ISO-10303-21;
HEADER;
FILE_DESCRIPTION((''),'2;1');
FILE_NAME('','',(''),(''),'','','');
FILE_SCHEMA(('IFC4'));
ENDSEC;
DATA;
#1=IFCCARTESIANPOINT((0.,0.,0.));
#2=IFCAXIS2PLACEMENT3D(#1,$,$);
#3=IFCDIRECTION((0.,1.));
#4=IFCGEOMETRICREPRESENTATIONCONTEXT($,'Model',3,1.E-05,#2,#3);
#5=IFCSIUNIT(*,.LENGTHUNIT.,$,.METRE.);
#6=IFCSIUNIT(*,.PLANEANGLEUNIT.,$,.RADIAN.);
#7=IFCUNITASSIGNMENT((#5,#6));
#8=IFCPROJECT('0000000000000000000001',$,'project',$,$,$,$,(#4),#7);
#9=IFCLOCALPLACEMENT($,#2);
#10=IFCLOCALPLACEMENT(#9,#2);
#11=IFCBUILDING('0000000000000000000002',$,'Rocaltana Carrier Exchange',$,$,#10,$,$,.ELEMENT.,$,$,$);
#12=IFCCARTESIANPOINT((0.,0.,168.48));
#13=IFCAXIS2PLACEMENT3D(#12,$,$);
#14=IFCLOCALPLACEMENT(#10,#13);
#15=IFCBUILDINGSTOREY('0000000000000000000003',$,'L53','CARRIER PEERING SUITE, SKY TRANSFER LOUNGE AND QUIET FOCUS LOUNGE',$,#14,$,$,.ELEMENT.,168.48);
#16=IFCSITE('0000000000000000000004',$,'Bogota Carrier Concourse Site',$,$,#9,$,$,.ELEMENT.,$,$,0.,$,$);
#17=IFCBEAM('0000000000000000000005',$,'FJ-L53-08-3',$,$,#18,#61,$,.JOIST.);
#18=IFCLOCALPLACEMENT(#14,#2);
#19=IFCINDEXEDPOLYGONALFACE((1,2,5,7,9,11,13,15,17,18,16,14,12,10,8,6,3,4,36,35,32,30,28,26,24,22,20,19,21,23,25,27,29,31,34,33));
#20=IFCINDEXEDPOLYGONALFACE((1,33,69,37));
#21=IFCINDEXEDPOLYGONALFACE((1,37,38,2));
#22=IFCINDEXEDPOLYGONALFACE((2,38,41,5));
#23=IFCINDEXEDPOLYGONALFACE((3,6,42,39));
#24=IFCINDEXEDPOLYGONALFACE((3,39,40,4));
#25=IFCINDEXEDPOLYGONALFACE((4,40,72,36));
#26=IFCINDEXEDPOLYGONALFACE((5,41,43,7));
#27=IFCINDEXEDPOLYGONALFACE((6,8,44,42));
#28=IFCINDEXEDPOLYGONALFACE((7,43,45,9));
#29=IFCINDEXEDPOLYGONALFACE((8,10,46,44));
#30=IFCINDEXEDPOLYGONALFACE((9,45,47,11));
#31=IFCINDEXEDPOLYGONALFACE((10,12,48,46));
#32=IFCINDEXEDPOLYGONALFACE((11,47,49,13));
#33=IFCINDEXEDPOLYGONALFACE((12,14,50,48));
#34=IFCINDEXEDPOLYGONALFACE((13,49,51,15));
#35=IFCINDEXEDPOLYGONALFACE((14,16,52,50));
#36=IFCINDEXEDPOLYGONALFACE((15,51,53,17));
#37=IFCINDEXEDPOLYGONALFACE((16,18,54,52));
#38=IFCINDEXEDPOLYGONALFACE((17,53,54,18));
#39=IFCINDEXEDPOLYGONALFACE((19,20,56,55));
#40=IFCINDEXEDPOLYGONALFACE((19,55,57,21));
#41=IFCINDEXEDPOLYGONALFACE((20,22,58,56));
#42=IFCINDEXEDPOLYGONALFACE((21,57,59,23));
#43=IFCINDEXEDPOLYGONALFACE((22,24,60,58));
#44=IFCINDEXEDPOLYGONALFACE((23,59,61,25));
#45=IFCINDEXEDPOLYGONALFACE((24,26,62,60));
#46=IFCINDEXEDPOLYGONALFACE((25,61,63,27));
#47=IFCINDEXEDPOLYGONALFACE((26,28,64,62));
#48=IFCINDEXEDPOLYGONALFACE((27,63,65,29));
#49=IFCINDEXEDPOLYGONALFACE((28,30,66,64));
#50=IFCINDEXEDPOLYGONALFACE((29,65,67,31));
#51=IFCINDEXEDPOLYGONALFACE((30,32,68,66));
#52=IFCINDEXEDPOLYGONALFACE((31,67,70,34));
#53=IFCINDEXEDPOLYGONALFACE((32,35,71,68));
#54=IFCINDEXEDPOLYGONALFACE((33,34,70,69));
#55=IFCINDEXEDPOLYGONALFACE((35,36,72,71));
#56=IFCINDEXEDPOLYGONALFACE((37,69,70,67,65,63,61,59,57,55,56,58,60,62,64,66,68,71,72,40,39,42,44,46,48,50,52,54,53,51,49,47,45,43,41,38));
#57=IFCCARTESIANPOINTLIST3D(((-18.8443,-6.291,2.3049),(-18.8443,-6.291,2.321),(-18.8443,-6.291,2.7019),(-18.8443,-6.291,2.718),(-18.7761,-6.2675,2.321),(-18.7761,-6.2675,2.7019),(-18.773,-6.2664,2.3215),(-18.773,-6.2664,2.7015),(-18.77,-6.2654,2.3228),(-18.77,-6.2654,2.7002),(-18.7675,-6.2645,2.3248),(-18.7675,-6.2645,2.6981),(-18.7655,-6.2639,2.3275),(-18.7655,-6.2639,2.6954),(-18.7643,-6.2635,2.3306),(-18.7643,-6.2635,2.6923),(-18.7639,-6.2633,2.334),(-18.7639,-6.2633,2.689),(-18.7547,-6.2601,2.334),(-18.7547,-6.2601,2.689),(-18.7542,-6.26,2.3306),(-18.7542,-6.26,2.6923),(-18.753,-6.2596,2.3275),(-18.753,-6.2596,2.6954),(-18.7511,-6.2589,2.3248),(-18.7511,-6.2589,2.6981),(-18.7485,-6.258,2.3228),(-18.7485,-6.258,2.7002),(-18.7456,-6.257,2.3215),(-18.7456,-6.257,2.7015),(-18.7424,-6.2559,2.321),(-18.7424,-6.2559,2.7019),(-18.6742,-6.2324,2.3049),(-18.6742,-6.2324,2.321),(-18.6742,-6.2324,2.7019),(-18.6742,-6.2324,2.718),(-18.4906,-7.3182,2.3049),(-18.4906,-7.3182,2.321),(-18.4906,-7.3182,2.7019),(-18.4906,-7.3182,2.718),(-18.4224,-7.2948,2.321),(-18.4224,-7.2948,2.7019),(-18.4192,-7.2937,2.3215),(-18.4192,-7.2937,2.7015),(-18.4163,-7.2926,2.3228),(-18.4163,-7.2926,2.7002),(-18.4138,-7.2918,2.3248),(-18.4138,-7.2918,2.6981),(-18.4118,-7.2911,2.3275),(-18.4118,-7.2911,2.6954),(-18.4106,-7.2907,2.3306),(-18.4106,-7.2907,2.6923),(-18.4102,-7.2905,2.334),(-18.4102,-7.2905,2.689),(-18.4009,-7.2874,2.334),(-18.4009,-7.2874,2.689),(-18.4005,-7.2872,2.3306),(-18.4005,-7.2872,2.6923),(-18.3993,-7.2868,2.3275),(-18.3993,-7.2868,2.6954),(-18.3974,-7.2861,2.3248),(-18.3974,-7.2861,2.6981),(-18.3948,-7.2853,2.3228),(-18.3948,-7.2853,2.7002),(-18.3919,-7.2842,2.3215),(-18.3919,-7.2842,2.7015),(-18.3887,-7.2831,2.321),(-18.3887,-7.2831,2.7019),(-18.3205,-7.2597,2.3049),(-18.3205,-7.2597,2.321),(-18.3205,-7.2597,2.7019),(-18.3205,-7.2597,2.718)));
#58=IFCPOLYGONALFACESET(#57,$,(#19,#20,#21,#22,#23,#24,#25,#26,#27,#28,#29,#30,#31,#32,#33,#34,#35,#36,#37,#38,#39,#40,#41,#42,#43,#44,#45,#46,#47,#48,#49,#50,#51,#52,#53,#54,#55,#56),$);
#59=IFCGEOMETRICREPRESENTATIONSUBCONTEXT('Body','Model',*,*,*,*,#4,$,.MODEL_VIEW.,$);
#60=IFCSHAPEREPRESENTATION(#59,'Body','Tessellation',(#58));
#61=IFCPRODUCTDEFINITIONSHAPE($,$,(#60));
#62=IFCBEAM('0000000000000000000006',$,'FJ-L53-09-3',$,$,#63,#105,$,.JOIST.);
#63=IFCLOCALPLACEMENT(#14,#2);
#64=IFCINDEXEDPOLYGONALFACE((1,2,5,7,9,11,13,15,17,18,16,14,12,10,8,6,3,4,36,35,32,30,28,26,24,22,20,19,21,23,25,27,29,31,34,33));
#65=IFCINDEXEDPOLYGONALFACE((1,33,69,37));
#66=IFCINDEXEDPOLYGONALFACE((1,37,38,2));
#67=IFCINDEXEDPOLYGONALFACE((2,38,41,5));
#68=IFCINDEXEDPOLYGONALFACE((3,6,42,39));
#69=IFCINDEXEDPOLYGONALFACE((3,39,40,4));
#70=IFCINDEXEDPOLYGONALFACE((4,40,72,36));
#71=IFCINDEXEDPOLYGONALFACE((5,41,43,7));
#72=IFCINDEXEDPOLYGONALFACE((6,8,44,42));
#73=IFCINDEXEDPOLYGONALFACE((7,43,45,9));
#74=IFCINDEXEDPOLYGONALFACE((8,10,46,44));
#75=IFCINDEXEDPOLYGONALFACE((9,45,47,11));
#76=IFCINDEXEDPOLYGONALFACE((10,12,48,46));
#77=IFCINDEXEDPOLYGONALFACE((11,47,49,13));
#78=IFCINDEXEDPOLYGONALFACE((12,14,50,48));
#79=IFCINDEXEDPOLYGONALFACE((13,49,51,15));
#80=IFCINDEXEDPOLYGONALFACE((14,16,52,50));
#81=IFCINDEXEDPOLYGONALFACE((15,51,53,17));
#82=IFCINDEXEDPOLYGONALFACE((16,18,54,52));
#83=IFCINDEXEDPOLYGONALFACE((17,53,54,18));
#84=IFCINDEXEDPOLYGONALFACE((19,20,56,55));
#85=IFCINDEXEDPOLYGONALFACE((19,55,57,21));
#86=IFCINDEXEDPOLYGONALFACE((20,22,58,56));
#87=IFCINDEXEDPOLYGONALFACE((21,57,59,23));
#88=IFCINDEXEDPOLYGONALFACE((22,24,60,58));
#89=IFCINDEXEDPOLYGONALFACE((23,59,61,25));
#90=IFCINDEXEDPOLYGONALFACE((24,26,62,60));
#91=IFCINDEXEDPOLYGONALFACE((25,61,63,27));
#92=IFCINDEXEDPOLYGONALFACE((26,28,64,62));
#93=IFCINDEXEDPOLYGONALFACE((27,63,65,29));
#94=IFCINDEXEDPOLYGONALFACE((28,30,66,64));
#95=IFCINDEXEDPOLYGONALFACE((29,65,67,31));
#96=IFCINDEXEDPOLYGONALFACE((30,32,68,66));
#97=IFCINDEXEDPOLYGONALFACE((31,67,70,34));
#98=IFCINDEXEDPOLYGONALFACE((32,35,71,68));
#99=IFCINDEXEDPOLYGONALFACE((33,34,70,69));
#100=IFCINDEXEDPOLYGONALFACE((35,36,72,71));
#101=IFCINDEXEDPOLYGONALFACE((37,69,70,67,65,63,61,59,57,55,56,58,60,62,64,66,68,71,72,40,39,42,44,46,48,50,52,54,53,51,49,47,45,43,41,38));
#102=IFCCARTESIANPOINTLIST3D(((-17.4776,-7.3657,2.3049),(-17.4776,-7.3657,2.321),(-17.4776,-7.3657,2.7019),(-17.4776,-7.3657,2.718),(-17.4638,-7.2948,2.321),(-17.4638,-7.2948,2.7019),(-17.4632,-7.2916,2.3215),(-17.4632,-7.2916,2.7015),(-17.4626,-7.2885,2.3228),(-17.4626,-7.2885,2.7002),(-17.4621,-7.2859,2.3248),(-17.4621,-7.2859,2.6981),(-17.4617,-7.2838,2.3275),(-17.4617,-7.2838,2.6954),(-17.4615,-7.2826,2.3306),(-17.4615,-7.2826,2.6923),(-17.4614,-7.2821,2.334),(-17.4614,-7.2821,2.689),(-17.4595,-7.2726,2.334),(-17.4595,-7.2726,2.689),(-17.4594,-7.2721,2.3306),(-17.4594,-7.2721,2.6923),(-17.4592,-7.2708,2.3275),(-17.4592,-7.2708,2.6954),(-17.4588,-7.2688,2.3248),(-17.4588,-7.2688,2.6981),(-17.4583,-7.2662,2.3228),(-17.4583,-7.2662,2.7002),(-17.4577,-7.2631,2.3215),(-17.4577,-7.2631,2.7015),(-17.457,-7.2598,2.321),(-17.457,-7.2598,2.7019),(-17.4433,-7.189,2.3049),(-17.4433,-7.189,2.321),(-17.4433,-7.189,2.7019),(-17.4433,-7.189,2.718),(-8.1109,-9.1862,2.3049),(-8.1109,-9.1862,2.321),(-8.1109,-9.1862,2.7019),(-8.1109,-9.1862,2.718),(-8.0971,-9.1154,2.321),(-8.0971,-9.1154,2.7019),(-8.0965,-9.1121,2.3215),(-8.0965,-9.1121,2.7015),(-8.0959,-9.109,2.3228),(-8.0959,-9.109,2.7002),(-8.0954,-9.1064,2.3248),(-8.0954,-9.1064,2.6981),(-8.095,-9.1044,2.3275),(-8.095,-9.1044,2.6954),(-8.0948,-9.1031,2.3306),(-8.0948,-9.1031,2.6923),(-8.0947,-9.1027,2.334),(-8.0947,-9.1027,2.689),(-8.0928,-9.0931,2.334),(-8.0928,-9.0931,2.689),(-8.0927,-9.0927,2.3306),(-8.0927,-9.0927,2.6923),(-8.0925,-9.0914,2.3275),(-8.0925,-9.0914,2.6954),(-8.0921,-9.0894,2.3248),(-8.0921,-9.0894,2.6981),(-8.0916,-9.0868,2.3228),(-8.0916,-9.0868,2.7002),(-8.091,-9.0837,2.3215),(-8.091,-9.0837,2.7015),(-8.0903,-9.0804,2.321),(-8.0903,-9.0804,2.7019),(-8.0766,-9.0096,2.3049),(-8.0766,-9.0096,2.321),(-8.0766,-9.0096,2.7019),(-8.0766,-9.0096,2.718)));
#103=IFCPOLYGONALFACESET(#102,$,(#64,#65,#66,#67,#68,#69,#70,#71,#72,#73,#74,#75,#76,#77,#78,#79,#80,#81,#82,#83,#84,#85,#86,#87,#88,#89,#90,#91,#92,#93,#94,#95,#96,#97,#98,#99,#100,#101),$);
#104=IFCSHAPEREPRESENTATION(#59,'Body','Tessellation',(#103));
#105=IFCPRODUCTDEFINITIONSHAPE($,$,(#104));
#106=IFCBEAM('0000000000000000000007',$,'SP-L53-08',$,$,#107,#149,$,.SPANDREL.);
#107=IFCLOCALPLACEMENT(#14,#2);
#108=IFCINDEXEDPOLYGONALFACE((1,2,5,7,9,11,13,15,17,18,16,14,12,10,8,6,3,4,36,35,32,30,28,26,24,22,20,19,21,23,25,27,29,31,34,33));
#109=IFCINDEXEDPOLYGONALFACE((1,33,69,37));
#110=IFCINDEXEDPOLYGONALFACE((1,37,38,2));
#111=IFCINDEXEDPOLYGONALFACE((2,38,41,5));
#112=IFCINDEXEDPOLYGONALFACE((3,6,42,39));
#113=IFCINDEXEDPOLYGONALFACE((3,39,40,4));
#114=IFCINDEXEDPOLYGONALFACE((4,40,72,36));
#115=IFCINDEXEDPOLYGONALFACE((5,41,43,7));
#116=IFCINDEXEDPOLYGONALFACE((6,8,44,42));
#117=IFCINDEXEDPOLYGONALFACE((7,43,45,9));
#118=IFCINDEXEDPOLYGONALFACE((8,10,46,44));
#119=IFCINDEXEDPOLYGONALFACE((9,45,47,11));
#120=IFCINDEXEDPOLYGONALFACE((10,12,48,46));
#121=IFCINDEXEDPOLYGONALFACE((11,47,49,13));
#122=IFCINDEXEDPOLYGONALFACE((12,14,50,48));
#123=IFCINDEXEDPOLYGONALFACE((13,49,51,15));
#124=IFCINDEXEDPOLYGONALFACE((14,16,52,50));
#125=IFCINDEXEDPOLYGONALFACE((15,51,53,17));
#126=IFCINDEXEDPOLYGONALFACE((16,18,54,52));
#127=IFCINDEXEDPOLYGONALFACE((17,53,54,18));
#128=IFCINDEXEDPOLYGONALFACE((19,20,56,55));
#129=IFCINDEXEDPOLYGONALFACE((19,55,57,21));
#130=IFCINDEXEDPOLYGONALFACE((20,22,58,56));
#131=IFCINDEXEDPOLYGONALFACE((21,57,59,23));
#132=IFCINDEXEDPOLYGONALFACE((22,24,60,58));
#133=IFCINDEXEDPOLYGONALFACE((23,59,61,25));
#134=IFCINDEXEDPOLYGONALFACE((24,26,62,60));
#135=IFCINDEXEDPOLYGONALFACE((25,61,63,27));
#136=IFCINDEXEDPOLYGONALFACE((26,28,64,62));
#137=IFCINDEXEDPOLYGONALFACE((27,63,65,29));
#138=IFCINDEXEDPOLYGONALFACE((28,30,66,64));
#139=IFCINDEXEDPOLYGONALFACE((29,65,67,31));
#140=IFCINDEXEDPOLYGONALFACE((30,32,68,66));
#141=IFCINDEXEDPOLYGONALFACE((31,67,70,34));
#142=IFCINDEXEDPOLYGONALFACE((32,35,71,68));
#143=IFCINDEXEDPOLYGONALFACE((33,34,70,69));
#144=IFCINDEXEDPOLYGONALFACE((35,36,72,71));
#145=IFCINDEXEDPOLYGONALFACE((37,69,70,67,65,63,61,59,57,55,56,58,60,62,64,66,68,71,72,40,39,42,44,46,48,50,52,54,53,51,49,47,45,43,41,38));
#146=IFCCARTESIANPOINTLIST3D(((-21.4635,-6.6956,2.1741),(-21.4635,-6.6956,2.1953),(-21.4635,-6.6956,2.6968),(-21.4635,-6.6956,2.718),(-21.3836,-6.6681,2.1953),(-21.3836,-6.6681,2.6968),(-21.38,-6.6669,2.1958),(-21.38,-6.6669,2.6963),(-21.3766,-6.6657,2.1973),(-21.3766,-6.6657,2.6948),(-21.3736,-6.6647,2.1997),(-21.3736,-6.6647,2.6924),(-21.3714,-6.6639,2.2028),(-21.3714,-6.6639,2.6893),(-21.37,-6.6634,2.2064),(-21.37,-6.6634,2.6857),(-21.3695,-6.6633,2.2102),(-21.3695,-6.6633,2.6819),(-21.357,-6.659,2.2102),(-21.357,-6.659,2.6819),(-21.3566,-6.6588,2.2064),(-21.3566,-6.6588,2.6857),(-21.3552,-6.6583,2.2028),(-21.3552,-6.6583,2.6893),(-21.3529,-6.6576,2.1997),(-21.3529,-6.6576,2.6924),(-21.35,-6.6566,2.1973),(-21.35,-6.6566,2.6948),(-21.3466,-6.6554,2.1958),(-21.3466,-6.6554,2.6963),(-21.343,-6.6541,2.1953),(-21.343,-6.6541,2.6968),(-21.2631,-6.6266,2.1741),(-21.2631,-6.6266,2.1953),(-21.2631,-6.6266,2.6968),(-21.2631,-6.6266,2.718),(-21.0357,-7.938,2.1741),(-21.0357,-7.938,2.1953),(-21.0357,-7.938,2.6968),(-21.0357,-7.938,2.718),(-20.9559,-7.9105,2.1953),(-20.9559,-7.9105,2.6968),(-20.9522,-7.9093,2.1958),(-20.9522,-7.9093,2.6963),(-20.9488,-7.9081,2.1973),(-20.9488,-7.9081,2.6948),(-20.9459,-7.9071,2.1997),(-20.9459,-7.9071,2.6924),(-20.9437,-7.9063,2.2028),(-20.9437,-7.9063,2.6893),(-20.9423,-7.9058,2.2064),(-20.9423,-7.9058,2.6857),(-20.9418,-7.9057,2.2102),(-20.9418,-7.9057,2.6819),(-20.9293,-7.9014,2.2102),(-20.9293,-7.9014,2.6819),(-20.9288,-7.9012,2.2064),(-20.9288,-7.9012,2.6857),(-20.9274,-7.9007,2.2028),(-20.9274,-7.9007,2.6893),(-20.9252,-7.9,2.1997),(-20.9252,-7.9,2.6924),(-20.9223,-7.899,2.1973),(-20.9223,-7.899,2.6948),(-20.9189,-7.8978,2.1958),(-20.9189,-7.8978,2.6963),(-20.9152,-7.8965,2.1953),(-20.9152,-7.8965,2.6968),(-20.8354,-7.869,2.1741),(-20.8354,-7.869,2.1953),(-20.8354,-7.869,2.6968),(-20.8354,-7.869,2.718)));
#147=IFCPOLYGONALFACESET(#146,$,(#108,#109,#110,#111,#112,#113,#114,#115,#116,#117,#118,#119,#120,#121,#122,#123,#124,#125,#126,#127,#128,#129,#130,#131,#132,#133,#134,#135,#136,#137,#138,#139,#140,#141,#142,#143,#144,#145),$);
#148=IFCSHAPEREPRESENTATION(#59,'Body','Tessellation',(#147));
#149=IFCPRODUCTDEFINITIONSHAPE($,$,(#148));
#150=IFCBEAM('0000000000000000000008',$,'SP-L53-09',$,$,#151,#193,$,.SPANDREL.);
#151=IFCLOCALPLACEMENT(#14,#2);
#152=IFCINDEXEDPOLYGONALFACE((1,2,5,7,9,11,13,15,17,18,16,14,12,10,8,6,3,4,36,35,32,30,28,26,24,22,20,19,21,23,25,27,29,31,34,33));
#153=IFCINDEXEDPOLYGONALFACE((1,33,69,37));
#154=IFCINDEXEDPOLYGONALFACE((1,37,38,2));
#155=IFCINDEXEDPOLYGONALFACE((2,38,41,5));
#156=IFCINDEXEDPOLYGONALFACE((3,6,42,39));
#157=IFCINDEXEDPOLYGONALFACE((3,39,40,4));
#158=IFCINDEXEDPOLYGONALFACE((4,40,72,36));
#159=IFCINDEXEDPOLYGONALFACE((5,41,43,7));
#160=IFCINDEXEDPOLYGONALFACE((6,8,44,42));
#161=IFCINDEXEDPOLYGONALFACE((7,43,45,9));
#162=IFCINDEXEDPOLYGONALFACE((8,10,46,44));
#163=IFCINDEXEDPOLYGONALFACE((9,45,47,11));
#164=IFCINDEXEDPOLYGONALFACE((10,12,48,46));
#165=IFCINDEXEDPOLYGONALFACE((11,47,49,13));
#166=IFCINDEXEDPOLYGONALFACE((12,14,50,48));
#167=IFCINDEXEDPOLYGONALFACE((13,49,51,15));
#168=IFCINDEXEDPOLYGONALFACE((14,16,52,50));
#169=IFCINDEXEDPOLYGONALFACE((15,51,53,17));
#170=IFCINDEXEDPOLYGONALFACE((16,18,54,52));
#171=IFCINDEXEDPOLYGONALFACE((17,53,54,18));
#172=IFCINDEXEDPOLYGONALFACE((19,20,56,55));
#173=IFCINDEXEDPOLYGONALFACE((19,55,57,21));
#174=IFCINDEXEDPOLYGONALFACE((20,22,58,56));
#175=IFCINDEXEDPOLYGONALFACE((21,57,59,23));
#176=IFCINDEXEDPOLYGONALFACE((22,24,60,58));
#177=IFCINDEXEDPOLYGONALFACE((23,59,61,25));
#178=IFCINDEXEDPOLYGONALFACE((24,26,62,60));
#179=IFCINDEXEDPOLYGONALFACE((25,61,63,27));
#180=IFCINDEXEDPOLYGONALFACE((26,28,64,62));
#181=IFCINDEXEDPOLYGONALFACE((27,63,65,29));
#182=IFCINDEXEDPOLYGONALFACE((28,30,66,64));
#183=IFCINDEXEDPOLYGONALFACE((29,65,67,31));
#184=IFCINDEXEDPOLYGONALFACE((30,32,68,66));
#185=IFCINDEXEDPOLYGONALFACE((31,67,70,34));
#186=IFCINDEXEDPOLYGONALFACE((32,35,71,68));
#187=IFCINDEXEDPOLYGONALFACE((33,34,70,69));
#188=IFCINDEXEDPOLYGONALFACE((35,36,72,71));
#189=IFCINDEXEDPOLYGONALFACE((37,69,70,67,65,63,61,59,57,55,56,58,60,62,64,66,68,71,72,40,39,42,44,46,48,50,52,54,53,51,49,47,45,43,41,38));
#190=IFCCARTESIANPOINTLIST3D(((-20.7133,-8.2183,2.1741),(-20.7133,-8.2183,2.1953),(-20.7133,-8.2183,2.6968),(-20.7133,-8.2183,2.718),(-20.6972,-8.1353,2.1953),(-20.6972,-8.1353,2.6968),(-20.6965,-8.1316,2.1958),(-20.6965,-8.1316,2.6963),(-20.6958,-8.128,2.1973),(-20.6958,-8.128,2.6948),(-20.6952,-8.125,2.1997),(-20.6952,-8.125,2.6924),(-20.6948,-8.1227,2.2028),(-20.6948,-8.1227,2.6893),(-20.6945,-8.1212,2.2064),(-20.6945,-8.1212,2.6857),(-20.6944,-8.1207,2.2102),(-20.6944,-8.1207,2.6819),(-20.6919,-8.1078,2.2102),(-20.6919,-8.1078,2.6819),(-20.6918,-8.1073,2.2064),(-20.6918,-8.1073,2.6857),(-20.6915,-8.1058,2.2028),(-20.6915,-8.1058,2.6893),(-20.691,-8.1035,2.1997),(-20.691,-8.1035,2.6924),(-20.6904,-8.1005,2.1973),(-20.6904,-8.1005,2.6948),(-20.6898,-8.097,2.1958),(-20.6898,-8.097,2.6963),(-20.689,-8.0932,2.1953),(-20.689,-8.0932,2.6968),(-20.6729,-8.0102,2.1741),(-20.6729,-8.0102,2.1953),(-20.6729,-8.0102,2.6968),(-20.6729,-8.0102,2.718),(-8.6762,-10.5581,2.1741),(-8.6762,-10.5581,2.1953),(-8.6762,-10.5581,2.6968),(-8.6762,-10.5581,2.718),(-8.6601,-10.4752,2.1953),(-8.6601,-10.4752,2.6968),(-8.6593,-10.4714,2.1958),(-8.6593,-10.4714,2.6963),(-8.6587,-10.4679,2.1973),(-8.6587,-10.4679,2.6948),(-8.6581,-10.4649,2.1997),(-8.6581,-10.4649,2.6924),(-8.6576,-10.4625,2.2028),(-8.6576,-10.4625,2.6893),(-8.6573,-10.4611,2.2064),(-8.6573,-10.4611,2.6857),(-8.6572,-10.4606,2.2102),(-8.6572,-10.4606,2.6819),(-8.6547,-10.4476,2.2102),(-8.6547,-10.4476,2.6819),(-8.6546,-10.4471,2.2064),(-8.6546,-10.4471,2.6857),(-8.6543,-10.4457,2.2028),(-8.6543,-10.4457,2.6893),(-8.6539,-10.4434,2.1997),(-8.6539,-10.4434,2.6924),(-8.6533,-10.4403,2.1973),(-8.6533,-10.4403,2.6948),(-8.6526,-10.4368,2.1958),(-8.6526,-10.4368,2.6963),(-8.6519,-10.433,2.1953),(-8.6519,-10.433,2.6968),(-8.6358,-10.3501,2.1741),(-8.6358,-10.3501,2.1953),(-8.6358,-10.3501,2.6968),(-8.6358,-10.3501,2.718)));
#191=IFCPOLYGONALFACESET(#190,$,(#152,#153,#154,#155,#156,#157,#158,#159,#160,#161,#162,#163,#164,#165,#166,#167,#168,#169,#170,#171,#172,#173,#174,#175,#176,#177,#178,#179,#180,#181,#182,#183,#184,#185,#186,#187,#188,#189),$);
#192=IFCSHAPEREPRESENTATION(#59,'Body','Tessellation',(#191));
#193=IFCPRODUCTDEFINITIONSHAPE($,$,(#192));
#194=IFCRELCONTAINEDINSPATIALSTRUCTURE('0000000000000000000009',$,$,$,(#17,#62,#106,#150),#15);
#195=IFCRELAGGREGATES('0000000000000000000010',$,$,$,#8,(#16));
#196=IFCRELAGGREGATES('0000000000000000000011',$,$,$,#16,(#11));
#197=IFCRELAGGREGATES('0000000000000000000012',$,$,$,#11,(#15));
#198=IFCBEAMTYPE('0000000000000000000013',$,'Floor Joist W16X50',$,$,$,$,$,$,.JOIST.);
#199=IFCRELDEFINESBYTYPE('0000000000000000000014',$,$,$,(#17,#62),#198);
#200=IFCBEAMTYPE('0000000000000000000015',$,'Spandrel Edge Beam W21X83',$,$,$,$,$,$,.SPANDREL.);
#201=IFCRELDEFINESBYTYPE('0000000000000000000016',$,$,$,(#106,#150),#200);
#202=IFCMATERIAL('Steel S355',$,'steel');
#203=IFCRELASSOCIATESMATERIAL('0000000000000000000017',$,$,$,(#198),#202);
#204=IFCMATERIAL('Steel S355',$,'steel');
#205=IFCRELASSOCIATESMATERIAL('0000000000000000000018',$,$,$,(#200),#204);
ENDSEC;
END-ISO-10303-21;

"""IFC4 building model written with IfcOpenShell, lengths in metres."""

from ifc_helpers import new_model, si_unit, direction, frame, origin, origin_2d, place, context, subcontext, project, spatial, i_section, extrude, material, material_profile, profile_set, type_object, element, save


model = new_model("IFC4")

# Units and contexts
model_context = context("Model", 3, precision=1e-05, world=origin(), true_north=direction((0.0, 1.0)))
body_context = subcontext(model_context, "Body", "Model", "MODEL_VIEW")
ifc_project = project(units=[si_unit("LENGTHUNIT", "METRE"), si_unit("PLANEANGLEUNIT", "RADIAN")], contexts=[model_context])

# Site, building, storey
site_placement = place(None, origin())
site = spatial("IfcSite", under=ifc_project, at=site_placement, Name="Bogota Carrier Concourse Site", CompositionType="ELEMENT", RefElevation=0.0)
building_placement = place(site_placement, origin())
building = spatial("IfcBuilding", under=site, at=building_placement, Name="Rocaltana Carrier Exchange", CompositionType="ELEMENT")
storey_placement = place(building_placement, frame((0.0, 0.0, 168.48)))
storey = spatial("IfcBuildingStorey", under=building, at=storey_placement, Name="L53", Description="CARRIER PEERING SUITE, SKY TRANSFER LOUNGE AND QUIET FOCUS LOUNGE", CompositionType="ELEMENT", Elevation=168.48)

# Beams
ifc_material_1 = material(Name="Steel S355", Category="steel")
ifc_material_profile_1 = material_profile(ifc_material_1, i_section(OverallWidth=0.1799, OverallDepth=0.4131, WebThickness=0.0098, FlangeThickness=0.0161, FilletRadius=0.0129, at=origin_2d()), Name="W16X50")
ifc_profile_set_1 = profile_set([ifc_material_profile_1], Name="Steel S355")
beam_type_1 = type_object("IfcBeamType", Name="Floor Joist W16X50", PredefinedType="JOIST", material=ifc_profile_set_1)
beam_1_placement = place(storey_placement, frame((-18.7593, -6.2617, 2.5115), z_axis=(0.325582, -0.945514, 0.0), x_axis=(0.945514, 0.325582, 0.0)))
element("IfcBeam", 1, at=beam_1_placement, inside=storey, type_object=beam_type_1, Name="FJ-L53-08-3", PredefinedType="JOIST", context=body_context, shape_type="SweptSolid", body=[
    extrude(i_section(OverallWidth=0.1799, OverallDepth=0.4131, WebThickness=0.0098, FlangeThickness=0.0161, FilletRadius=0.0129, at=origin_2d()), origin(), (0.0, 0.0, 1.0), 1.0864),
])
beam_2_placement = place(storey_placement, frame((-17.4604, -7.2773, 2.5115), z_axis=(0.98163, -0.190794, 0.0), x_axis=(0.190794, 0.98163, 0.0)))
element("IfcBeam", 2, at=beam_2_placement, inside=storey, type_object=beam_type_1, Name="FJ-L53-09-3", PredefinedType="JOIST", context=body_context, shape_type="SweptSolid", body=[
    extrude(i_section(OverallWidth=0.1799, OverallDepth=0.4131, WebThickness=0.0098, FlangeThickness=0.0161, FilletRadius=0.0129, at=origin_2d()), origin(), (0.0, 0.0, 1.0), 9.542),
])
ifc_material_2 = material(Name="Steel S355", Category="steel")
ifc_material_profile_2 = material_profile(ifc_material_2, i_section(OverallWidth=0.2119, OverallDepth=0.5439, WebThickness=0.0132, FlangeThickness=0.0212, FilletRadius=0.0149, at=origin_2d()), Name="W21X83")
ifc_profile_set_2 = profile_set([ifc_material_profile_2], Name="Steel S355")
beam_type_2 = type_object("IfcBeamType", Name="Spandrel Edge Beam W21X83", PredefinedType="SPANDREL", material=ifc_profile_set_2)
beam_3_placement = place(storey_placement, frame((-21.3633, -6.6611, 2.446), z_axis=(0.325521, -0.945535, 0.0), x_axis=(0.945535, 0.325521, 0.0)))
element("IfcBeam", 3, at=beam_3_placement, inside=storey, type_object=beam_type_2, Name="SP-L53-08", PredefinedType="SPANDREL", context=body_context, shape_type="SweptSolid", body=[
    extrude(i_section(OverallWidth=0.2119, OverallDepth=0.5439, WebThickness=0.0132, FlangeThickness=0.0212, FilletRadius=0.0149, at=origin_2d()), origin(), (0.0, 0.0, 1.0), 1.314),
])
beam_4_placement = place(storey_placement, frame((-20.6931, -8.1143, 2.446), z_axis=(0.981626, -0.190814, 0.0), x_axis=(0.190814, 0.981626, 0.0)))
element("IfcBeam", 4, at=beam_4_placement, inside=storey, type_object=beam_type_2, Name="SP-L53-09", PredefinedType="SPANDREL", context=body_context, shape_type="SweptSolid", body=[
    extrude(i_section(OverallWidth=0.2119, OverallDepth=0.5439, WebThickness=0.0132, FlangeThickness=0.0212, FilletRadius=0.0149, at=origin_2d()), origin(), (0.0, 0.0, 1.0), 12.2625),
])

save(model, "model.ifc")
